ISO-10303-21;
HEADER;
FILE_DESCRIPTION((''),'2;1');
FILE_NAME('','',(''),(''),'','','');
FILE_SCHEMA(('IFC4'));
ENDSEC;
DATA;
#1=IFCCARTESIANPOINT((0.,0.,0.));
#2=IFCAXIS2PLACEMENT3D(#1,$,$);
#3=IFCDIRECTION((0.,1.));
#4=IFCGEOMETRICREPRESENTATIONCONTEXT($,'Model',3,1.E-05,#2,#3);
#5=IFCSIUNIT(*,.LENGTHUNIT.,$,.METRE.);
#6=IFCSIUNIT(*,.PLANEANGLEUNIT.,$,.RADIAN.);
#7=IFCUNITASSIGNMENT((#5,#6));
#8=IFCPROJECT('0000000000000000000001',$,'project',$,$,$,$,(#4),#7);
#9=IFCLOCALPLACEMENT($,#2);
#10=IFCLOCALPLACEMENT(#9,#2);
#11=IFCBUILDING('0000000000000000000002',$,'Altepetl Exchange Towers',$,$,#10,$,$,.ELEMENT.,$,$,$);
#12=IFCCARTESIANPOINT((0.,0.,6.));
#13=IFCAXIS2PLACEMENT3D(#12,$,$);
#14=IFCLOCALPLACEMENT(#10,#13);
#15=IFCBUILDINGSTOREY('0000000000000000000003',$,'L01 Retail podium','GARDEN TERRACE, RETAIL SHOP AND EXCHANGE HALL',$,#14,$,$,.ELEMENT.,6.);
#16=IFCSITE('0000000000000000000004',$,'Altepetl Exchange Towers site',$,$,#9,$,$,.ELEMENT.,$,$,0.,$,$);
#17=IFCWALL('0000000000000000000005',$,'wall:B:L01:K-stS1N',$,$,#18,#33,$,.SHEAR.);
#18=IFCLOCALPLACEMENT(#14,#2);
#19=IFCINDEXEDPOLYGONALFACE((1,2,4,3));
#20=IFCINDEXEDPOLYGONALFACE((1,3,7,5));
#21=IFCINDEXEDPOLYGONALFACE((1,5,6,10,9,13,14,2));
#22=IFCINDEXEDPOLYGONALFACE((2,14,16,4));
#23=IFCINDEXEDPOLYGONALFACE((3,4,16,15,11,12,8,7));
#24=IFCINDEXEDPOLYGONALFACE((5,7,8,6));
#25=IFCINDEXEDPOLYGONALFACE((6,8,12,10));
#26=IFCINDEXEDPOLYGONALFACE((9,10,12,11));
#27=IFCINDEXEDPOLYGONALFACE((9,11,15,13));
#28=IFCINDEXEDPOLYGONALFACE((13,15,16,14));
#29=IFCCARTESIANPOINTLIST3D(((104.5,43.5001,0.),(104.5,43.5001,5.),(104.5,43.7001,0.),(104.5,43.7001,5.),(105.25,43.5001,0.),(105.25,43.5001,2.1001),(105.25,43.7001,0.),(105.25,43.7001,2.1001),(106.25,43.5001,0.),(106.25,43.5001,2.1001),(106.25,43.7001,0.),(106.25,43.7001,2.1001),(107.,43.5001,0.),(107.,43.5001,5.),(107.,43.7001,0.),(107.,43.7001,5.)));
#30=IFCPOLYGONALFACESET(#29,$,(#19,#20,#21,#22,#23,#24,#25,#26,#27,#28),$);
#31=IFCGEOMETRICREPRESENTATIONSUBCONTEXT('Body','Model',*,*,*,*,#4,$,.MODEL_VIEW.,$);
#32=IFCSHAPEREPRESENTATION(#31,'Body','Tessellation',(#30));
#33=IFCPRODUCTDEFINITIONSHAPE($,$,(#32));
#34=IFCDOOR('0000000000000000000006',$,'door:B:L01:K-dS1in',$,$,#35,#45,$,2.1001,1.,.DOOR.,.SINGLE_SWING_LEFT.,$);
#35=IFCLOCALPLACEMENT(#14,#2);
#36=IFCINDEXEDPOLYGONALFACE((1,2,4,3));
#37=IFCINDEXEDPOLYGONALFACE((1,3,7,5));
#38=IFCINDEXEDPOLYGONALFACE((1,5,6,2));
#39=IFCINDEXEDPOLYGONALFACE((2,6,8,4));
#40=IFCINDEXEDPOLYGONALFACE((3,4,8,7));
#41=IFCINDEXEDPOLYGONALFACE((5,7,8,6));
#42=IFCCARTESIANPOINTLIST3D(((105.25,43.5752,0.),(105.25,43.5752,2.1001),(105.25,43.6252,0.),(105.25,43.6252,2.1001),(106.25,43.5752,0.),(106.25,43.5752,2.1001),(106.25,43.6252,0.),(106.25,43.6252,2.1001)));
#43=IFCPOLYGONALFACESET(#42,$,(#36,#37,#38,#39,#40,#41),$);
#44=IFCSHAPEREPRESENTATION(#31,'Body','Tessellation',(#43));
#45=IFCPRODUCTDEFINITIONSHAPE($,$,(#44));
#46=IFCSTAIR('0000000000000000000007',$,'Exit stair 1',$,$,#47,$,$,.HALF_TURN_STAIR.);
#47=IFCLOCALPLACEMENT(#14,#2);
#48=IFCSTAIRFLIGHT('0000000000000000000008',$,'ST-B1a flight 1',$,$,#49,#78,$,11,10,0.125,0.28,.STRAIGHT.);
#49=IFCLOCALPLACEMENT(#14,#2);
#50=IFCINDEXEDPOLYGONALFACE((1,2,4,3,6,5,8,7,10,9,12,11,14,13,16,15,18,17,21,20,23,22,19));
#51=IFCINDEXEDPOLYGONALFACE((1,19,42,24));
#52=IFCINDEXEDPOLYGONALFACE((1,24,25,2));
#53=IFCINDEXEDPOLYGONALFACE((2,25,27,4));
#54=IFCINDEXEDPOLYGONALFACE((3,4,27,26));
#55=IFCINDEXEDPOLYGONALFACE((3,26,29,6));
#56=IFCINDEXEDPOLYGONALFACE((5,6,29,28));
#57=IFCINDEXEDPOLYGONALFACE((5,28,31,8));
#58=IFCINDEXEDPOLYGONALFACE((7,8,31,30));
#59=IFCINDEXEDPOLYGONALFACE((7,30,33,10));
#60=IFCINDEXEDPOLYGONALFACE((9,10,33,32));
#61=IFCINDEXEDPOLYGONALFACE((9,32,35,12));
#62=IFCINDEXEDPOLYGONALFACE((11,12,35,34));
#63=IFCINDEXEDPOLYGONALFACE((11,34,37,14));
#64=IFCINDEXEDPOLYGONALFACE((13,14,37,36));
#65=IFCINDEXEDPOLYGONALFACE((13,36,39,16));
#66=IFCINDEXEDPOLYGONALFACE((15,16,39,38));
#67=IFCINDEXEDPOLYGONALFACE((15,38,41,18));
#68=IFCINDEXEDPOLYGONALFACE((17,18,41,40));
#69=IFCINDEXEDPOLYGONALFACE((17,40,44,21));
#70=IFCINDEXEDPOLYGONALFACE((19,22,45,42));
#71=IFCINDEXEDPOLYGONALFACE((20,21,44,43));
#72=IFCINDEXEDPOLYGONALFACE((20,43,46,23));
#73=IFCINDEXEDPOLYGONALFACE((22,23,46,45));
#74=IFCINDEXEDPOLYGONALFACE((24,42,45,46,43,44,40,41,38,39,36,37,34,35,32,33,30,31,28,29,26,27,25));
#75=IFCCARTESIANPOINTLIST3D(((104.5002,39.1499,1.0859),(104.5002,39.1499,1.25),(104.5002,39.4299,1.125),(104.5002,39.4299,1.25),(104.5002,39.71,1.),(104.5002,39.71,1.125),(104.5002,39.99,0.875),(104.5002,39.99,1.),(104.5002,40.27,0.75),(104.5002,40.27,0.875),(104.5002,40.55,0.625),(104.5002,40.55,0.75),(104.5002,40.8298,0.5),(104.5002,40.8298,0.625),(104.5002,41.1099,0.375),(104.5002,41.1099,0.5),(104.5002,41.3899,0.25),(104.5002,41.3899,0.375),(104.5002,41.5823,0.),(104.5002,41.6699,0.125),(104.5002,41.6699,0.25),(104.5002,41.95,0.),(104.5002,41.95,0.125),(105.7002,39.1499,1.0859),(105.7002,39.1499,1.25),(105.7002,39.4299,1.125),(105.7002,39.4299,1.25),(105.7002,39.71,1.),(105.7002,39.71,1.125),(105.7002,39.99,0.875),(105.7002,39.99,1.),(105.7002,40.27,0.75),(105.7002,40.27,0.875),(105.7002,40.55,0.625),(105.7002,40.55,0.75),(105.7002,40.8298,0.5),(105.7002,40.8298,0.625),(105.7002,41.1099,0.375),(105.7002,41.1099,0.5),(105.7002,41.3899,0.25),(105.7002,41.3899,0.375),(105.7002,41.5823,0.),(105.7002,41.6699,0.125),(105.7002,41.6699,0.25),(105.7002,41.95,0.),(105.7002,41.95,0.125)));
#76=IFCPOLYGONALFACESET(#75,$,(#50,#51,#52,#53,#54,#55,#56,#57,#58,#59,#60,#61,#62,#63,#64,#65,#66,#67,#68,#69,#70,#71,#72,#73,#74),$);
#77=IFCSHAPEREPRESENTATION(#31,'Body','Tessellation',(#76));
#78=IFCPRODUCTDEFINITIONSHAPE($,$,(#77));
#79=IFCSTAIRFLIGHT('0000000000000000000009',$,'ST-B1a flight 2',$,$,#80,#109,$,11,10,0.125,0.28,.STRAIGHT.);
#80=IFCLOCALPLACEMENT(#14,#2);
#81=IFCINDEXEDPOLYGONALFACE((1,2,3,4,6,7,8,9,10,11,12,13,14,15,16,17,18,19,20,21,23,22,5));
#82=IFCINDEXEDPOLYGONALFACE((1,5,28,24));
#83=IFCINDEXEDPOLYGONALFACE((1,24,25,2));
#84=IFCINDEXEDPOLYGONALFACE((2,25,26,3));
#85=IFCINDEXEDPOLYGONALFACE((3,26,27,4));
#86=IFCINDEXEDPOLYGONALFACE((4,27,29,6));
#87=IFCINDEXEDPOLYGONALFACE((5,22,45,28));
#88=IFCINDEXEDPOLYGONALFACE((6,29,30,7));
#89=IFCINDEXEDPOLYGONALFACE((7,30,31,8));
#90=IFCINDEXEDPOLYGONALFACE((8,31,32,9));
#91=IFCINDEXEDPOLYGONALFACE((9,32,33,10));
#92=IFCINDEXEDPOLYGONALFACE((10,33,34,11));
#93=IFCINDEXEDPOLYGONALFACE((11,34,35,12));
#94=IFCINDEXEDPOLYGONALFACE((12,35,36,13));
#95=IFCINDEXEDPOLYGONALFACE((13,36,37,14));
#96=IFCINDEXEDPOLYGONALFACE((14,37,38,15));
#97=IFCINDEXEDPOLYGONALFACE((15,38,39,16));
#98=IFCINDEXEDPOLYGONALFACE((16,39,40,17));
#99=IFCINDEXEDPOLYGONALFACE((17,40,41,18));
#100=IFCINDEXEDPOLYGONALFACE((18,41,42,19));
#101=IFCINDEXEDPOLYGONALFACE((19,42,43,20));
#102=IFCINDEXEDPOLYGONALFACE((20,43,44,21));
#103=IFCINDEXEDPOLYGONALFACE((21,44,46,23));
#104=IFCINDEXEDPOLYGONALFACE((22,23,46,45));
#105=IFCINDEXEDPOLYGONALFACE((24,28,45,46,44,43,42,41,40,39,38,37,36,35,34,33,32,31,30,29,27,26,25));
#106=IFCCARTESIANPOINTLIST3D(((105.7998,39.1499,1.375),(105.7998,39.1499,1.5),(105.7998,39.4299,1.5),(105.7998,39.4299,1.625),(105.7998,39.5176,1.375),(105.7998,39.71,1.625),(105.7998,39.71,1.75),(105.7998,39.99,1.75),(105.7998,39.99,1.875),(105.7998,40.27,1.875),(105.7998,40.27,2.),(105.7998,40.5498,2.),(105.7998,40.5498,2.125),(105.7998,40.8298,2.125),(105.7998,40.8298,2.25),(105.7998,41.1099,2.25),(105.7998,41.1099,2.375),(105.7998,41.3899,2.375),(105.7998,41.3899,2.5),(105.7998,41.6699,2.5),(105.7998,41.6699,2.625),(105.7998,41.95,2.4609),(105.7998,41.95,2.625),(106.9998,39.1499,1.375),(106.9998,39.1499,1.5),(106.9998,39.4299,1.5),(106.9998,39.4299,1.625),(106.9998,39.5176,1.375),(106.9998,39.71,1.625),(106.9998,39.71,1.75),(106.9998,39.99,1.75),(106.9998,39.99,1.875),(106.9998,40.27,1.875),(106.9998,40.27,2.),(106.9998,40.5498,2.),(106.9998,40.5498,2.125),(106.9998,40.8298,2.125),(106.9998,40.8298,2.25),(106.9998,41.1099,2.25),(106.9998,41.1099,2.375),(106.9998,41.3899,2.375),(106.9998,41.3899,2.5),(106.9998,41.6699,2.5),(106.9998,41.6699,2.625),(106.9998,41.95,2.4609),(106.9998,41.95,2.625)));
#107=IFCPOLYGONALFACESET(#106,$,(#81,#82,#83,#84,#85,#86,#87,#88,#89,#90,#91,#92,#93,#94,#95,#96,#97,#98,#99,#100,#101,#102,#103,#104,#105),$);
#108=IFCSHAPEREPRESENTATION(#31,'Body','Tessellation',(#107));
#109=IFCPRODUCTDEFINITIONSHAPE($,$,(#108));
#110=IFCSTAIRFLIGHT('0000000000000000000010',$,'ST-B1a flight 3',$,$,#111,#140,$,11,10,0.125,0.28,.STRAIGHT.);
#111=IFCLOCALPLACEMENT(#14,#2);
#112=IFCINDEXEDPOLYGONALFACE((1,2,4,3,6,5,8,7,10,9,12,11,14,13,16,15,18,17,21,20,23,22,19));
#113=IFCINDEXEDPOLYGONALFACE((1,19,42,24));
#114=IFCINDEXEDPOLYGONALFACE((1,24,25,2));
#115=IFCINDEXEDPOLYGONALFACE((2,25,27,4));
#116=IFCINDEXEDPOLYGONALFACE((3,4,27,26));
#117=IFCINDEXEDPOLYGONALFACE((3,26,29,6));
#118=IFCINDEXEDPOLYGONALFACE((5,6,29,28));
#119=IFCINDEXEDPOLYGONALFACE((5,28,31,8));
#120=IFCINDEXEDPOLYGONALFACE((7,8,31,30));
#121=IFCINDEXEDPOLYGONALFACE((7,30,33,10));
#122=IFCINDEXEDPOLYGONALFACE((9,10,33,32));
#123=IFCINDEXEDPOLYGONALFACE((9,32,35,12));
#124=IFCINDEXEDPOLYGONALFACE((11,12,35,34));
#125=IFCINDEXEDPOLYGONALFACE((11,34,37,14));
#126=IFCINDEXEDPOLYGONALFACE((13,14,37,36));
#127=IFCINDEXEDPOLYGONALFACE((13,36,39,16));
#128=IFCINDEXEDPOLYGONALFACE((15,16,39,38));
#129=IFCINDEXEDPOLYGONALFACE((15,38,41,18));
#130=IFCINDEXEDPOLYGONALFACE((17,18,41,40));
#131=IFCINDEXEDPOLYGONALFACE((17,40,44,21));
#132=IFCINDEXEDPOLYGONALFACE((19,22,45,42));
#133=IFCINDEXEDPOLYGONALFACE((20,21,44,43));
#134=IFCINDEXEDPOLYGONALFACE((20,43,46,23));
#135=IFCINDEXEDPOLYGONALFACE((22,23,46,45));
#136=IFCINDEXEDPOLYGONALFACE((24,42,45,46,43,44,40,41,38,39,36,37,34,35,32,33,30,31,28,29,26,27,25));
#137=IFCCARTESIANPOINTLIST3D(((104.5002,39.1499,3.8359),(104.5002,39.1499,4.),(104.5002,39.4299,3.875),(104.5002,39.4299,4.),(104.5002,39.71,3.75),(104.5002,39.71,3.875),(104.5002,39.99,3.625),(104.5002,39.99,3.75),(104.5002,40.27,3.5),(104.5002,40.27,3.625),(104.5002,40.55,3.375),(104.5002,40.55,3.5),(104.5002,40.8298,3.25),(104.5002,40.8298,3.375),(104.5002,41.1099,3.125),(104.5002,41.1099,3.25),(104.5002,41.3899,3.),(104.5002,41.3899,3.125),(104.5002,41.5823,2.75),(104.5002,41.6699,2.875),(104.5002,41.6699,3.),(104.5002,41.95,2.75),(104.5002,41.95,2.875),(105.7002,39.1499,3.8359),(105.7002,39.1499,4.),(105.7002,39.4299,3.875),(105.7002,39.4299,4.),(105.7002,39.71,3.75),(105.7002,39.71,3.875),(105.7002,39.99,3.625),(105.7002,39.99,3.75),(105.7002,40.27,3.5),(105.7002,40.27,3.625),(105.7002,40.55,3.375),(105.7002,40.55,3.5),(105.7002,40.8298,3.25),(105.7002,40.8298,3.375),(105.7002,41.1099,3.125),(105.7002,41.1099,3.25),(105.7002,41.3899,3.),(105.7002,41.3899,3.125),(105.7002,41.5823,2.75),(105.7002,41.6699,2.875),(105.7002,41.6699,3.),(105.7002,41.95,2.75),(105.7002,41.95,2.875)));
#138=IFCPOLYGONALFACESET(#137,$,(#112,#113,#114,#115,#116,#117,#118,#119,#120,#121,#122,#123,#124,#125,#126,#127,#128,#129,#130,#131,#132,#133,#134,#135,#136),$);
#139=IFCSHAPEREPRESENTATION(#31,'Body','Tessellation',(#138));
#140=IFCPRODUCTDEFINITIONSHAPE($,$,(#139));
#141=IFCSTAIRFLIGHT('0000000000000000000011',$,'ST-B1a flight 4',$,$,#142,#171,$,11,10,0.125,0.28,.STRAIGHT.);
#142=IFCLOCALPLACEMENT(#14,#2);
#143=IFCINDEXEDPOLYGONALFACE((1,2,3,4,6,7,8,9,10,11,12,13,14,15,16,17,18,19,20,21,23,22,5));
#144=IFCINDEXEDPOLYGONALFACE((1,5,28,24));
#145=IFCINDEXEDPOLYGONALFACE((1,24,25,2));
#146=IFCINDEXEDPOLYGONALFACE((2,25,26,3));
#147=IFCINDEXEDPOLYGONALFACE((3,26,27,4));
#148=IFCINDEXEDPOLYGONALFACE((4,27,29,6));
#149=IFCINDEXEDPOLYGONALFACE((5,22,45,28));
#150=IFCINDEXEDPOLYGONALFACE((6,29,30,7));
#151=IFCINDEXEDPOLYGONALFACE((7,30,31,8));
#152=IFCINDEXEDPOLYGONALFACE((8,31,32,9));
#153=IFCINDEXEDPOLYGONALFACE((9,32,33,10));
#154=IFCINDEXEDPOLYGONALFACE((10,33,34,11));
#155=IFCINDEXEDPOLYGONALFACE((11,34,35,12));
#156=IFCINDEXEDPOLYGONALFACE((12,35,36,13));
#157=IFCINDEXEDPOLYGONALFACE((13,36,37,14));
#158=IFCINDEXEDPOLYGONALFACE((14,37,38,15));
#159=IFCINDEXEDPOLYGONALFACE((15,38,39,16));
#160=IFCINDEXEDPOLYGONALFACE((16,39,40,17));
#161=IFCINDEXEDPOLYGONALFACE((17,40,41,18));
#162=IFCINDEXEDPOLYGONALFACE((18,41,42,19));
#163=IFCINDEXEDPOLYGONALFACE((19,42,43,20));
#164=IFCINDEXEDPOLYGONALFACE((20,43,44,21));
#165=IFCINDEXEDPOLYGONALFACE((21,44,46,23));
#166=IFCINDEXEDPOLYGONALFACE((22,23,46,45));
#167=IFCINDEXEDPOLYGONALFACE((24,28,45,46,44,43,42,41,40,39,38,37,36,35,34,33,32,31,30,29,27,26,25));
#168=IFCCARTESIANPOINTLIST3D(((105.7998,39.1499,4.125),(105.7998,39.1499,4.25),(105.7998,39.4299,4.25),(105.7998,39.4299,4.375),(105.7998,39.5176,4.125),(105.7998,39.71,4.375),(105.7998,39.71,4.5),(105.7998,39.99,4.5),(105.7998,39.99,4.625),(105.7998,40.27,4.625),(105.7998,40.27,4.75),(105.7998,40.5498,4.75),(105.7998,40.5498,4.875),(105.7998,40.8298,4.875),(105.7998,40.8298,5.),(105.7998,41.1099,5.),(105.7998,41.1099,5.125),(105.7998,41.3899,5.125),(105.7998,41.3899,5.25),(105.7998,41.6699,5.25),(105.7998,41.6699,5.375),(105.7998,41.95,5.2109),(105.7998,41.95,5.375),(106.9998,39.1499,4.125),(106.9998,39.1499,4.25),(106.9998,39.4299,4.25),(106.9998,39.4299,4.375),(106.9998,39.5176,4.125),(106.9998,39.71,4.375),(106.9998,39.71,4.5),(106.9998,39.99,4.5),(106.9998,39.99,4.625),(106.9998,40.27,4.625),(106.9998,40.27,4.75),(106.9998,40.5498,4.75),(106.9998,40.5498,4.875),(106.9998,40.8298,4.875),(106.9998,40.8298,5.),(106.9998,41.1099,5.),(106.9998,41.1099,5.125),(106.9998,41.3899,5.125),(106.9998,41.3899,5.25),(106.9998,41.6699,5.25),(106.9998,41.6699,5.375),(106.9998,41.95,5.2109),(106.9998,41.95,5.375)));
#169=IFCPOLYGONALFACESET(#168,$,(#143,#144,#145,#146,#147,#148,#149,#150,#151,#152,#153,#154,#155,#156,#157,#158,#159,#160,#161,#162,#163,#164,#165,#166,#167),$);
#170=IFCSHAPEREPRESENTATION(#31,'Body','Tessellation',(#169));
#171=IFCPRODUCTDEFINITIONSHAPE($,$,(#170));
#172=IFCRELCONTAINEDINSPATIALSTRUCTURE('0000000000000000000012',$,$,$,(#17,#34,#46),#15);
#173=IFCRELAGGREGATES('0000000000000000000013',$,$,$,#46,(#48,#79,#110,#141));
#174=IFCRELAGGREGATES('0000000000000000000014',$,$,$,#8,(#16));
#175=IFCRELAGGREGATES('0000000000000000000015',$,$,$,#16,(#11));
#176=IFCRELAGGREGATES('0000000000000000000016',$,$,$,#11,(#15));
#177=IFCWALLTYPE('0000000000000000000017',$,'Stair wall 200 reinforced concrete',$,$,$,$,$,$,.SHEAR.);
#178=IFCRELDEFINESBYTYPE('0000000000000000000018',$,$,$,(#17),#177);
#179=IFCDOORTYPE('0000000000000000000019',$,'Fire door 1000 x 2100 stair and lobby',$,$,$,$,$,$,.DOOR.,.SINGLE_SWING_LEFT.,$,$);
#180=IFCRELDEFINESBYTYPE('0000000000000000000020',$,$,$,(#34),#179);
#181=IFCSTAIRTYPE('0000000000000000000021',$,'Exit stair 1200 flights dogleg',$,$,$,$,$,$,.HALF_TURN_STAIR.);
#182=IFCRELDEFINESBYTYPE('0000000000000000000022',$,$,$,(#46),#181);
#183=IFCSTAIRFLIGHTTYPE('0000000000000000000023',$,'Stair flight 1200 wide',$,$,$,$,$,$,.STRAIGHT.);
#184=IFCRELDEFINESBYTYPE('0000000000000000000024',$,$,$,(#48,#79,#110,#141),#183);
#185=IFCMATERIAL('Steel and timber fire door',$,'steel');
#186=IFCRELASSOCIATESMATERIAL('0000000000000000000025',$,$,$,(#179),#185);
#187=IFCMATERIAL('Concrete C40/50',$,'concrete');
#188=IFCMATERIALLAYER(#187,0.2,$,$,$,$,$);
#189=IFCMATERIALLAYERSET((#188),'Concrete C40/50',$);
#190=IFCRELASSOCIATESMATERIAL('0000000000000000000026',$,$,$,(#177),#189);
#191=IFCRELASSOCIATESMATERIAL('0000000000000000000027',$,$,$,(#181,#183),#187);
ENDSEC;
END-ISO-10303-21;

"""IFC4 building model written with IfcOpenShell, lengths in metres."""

from ifc_helpers import new_model, si_unit, direction, frame, frame_2d, origin, place, context, subcontext, project, spatial, polyline, rectangle, outline, extrude, material, layer, layer_set, type_object, element, fill, aggregate, save


model = new_model("IFC4")

# Units and contexts
model_context = context("Model", 3, precision=1e-05, world=origin(), true_north=direction((0.0, 1.0)))
body_context = subcontext(model_context, "Body", "Model", "MODEL_VIEW")
ifc_project = project(units=[si_unit("LENGTHUNIT", "METRE"), si_unit("PLANEANGLEUNIT", "RADIAN")], contexts=[model_context])

# Site, building, storey
site_placement = place(None, origin())
site = spatial("IfcSite", under=ifc_project, at=site_placement, Name="Altepetl Exchange Towers site", CompositionType="ELEMENT", RefElevation=0.0)
building_placement = place(site_placement, origin())
building = spatial("IfcBuilding", under=site, at=building_placement, Name="Altepetl Exchange Towers", CompositionType="ELEMENT")
storey_placement = place(building_placement, frame((0.0, 0.0, 6.0)))
storey = spatial("IfcBuildingStorey", under=building, at=storey_placement, Name="L01 Retail podium", Description="GARDEN TERRACE, RETAIL SHOP AND EXCHANGE HALL", CompositionType="ELEMENT", Elevation=6.0)

# Shared definitions
ifc_material_1 = material(Name="Steel and timber fire door", Category="steel")
door_type_1 = type_object("IfcDoorType", Name="Fire door 1000 x 2100 stair and lobby", OperationType="SINGLE_SWING_LEFT", PredefinedType="DOOR", material=ifc_material_1)

# Shared definitions
ifc_material_2 = material(Name="Concrete C40/50", Category="concrete")

# Wall, opening, door
ifc_layer_1 = layer(ifc_material_2, 0.2)
ifc_layer_set_1 = layer_set([ifc_layer_1], Name="Concrete C40/50")
wall_type_1 = type_object("IfcWallType", Name="Stair wall 200 reinforced concrete", PredefinedType="SHEAR", material=ifc_layer_set_1)
wall_1_placement = place(storey_placement, frame((104.5, 43.6001, 0.0)))
wall_1 = element("IfcWall", 1, at=wall_1_placement, inside=storey, type_object=wall_type_1, Name="wall:B:L01:K-stS1N", PredefinedType="SHEAR", context=body_context, shape_type="SweptSolid", body=[
    extrude(rectangle(XDim=2.5, YDim=0.2, at=frame_2d((1.25, 0.0))), origin(), (0.0, 0.0, 1.0), 5.0),
])
opening_1_placement = place(wall_1_placement, frame((0.75, 0.0, 0.0)))
opening_1 = element("IfcOpeningElement", 2, at=opening_1_placement, cuts=wall_1, PredefinedType="OPENING", context=body_context, shape_type="SweptSolid", body=[
    extrude(rectangle(XDim=1.0, YDim=2.1001, at=frame_2d((0.5, 1.05))), frame((0.0, 0.1099, 0.0), z_axis=(0.0, -1.0, 0.0), x_axis=(1.0, 0.0, 0.0)), (0.0, 0.0, 1.0), 0.22),
])
door_1_placement = place(opening_1_placement, frame((1.0, 0.0, 0.0), x_axis=(-1.0, 0.0, 0.0)))
door_1 = element("IfcDoor", 3, at=door_1_placement, inside=storey, type_object=door_type_1, Name="door:B:L01:K-dS1in", OperationType="SINGLE_SWING_LEFT", OverallHeight=2.1001, OverallWidth=1.0, PredefinedType="DOOR", context=body_context, shape_type="SweptSolid", body=[
    extrude(rectangle(XDim=1.0, YDim=2.1001, at=frame_2d((0.5, 1.05))), frame((0.0, 0.0249, 0.0), z_axis=(0.0, -1.0, 0.0), x_axis=(1.0, 0.0, 0.0)), (0.0, 0.0, 1.0), 0.05),
])
fill(opening_1, door_1)

# Stair, stair flights
stair_type = type_object("IfcStairType", Name="Exit stair 1200 flights dogleg", PredefinedType="HALF_TURN_STAIR", material=ifc_material_2)
stair_placement = place(storey_placement, origin())
stair = element("IfcStair", 4, at=stair_placement, inside=storey, type_object=stair_type, Name="Exit stair 1", PredefinedType="HALF_TURN_STAIR")
stair_flight_type = type_object("IfcStairFlightType", Name="Stair flight 1200 wide", PredefinedType="STRAIGHT", material=ifc_material_2)
stair_flight_1_placement = place(storey_placement, frame((105.1001, 41.95, 0.0), z_axis=(0.0, 0.0, 1.0), x_axis=(0.0, -1.0, 0.0)))
stair_flight_1 = element("IfcStairFlight", 5, at=stair_flight_1_placement, type_object=stair_flight_type, Name="ST-B1a flight 1", NumberOfRisers=11, NumberOfTreads=10, PredefinedType="STRAIGHT", RiserHeight=0.125, TreadLength=0.28, context=body_context, shape_type="SweptSolid", body=[
    extrude(outline(polyline([(0.0, 0.0), (0.0, 0.125), (0.28, 0.125), (0.28, 0.25), (0.5601, 0.25), (0.5601, 0.375), (0.8401, 0.375), (0.8401, 0.5), (1.1201, 0.5), (1.1201, 0.625), (1.3999, 0.625), (1.3999, 0.75), (1.6799, 0.75), (1.6799, 0.875), (1.96, 0.875), (1.96, 1.0), (2.24, 1.0), (2.24, 1.125), (2.52, 1.125), (2.52, 1.25), (2.8, 1.25), (2.8, 1.375), (2.8, 1.0859), (0.3677, 0.0), (0.0, 0.0)])), frame((0.0, 0.6001, 0.0), z_axis=(0.0, -1.0, 0.0), x_axis=(1.0, 0.0, 0.0)), (0.0, 0.0, 1.0), 1.2),
])
stair_flight_2_placement = place(storey_placement, frame((106.3999, 39.1499, 1.375), z_axis=(0.0, 0.0, 1.0), x_axis=(0.0, 1.0, 0.0)))
stair_flight_2 = element("IfcStairFlight", 6, at=stair_flight_2_placement, type_object=stair_flight_type, Name="ST-B1a flight 2", NumberOfRisers=11, NumberOfTreads=10, PredefinedType="STRAIGHT", RiserHeight=0.125, TreadLength=0.28, context=body_context, shape_type="SweptSolid", body=[
    extrude(outline(polyline([(0.0, 0.0), (0.0, 0.125), (0.28, 0.125), (0.28, 0.25), (0.5601, 0.25), (0.5601, 0.375), (0.8401, 0.375), (0.8401, 0.5), (1.1201, 0.5), (1.1201, 0.625), (1.3999, 0.625), (1.3999, 0.75), (1.6799, 0.75), (1.6799, 0.875), (1.96, 0.875), (1.96, 1.0), (2.24, 1.0), (2.24, 1.125), (2.52, 1.125), (2.52, 1.25), (2.8, 1.25), (2.8, 1.375), (2.8, 1.0859), (0.3677, 0.0), (0.0, 0.0)])), frame((0.0, 0.6001, 0.0), z_axis=(0.0, -1.0, 0.0), x_axis=(1.0, 0.0, 0.0)), (0.0, 0.0, 1.0), 1.2),
])
stair_flight_3_placement = place(storey_placement, frame((105.1001, 41.95, 2.75), z_axis=(0.0, 0.0, 1.0), x_axis=(0.0, -1.0, 0.0)))
stair_flight_3 = element("IfcStairFlight", 7, at=stair_flight_3_placement, type_object=stair_flight_type, Name="ST-B1a flight 3", NumberOfRisers=11, NumberOfTreads=10, PredefinedType="STRAIGHT", RiserHeight=0.125, TreadLength=0.28, context=body_context, shape_type="SweptSolid", body=[
    extrude(outline(polyline([(0.0, 0.0), (0.0, 0.125), (0.28, 0.125), (0.28, 0.25), (0.5601, 0.25), (0.5601, 0.375), (0.8401, 0.375), (0.8401, 0.5), (1.1201, 0.5), (1.1201, 0.625), (1.3999, 0.625), (1.3999, 0.75), (1.6799, 0.75), (1.6799, 0.875), (1.96, 0.875), (1.96, 1.0), (2.24, 1.0), (2.24, 1.125), (2.52, 1.125), (2.52, 1.25), (2.8, 1.25), (2.8, 1.375), (2.8, 1.0859), (0.3677, 0.0), (0.0, 0.0)])), frame((0.0, 0.6001, 0.0), z_axis=(0.0, -1.0, 0.0), x_axis=(1.0, 0.0, 0.0)), (0.0, 0.0, 1.0), 1.2),
])
stair_flight_4_placement = place(storey_placement, frame((106.3999, 39.1499, 4.125), z_axis=(0.0, 0.0, 1.0), x_axis=(0.0, 1.0, 0.0)))
stair_flight_4 = element("IfcStairFlight", 8, at=stair_flight_4_placement, type_object=stair_flight_type, Name="ST-B1a flight 4", NumberOfRisers=11, NumberOfTreads=10, PredefinedType="STRAIGHT", RiserHeight=0.125, TreadLength=0.28, context=body_context, shape_type="SweptSolid", body=[
    extrude(outline(polyline([(0.0, 0.0), (0.0, 0.125), (0.28, 0.125), (0.28, 0.25), (0.5601, 0.25), (0.5601, 0.375), (0.8401, 0.375), (0.8401, 0.5), (1.1201, 0.5), (1.1201, 0.625), (1.3999, 0.625), (1.3999, 0.75), (1.6799, 0.75), (1.6799, 0.875), (1.96, 0.875), (1.96, 1.0), (2.24, 1.0), (2.24, 1.125), (2.52, 1.125), (2.52, 1.25), (2.8, 1.25), (2.8, 1.375), (2.8, 1.0859), (0.3677, 0.0), (0.0, 0.0)])), frame((0.0, 0.6001, 0.0), z_axis=(0.0, -1.0, 0.0), x_axis=(1.0, 0.0, 0.0)), (0.0, 0.0, 1.0), 1.2),
])
aggregate(stair, [stair_flight_1, stair_flight_2, stair_flight_3, stair_flight_4])

save(model, "model.ifc")
